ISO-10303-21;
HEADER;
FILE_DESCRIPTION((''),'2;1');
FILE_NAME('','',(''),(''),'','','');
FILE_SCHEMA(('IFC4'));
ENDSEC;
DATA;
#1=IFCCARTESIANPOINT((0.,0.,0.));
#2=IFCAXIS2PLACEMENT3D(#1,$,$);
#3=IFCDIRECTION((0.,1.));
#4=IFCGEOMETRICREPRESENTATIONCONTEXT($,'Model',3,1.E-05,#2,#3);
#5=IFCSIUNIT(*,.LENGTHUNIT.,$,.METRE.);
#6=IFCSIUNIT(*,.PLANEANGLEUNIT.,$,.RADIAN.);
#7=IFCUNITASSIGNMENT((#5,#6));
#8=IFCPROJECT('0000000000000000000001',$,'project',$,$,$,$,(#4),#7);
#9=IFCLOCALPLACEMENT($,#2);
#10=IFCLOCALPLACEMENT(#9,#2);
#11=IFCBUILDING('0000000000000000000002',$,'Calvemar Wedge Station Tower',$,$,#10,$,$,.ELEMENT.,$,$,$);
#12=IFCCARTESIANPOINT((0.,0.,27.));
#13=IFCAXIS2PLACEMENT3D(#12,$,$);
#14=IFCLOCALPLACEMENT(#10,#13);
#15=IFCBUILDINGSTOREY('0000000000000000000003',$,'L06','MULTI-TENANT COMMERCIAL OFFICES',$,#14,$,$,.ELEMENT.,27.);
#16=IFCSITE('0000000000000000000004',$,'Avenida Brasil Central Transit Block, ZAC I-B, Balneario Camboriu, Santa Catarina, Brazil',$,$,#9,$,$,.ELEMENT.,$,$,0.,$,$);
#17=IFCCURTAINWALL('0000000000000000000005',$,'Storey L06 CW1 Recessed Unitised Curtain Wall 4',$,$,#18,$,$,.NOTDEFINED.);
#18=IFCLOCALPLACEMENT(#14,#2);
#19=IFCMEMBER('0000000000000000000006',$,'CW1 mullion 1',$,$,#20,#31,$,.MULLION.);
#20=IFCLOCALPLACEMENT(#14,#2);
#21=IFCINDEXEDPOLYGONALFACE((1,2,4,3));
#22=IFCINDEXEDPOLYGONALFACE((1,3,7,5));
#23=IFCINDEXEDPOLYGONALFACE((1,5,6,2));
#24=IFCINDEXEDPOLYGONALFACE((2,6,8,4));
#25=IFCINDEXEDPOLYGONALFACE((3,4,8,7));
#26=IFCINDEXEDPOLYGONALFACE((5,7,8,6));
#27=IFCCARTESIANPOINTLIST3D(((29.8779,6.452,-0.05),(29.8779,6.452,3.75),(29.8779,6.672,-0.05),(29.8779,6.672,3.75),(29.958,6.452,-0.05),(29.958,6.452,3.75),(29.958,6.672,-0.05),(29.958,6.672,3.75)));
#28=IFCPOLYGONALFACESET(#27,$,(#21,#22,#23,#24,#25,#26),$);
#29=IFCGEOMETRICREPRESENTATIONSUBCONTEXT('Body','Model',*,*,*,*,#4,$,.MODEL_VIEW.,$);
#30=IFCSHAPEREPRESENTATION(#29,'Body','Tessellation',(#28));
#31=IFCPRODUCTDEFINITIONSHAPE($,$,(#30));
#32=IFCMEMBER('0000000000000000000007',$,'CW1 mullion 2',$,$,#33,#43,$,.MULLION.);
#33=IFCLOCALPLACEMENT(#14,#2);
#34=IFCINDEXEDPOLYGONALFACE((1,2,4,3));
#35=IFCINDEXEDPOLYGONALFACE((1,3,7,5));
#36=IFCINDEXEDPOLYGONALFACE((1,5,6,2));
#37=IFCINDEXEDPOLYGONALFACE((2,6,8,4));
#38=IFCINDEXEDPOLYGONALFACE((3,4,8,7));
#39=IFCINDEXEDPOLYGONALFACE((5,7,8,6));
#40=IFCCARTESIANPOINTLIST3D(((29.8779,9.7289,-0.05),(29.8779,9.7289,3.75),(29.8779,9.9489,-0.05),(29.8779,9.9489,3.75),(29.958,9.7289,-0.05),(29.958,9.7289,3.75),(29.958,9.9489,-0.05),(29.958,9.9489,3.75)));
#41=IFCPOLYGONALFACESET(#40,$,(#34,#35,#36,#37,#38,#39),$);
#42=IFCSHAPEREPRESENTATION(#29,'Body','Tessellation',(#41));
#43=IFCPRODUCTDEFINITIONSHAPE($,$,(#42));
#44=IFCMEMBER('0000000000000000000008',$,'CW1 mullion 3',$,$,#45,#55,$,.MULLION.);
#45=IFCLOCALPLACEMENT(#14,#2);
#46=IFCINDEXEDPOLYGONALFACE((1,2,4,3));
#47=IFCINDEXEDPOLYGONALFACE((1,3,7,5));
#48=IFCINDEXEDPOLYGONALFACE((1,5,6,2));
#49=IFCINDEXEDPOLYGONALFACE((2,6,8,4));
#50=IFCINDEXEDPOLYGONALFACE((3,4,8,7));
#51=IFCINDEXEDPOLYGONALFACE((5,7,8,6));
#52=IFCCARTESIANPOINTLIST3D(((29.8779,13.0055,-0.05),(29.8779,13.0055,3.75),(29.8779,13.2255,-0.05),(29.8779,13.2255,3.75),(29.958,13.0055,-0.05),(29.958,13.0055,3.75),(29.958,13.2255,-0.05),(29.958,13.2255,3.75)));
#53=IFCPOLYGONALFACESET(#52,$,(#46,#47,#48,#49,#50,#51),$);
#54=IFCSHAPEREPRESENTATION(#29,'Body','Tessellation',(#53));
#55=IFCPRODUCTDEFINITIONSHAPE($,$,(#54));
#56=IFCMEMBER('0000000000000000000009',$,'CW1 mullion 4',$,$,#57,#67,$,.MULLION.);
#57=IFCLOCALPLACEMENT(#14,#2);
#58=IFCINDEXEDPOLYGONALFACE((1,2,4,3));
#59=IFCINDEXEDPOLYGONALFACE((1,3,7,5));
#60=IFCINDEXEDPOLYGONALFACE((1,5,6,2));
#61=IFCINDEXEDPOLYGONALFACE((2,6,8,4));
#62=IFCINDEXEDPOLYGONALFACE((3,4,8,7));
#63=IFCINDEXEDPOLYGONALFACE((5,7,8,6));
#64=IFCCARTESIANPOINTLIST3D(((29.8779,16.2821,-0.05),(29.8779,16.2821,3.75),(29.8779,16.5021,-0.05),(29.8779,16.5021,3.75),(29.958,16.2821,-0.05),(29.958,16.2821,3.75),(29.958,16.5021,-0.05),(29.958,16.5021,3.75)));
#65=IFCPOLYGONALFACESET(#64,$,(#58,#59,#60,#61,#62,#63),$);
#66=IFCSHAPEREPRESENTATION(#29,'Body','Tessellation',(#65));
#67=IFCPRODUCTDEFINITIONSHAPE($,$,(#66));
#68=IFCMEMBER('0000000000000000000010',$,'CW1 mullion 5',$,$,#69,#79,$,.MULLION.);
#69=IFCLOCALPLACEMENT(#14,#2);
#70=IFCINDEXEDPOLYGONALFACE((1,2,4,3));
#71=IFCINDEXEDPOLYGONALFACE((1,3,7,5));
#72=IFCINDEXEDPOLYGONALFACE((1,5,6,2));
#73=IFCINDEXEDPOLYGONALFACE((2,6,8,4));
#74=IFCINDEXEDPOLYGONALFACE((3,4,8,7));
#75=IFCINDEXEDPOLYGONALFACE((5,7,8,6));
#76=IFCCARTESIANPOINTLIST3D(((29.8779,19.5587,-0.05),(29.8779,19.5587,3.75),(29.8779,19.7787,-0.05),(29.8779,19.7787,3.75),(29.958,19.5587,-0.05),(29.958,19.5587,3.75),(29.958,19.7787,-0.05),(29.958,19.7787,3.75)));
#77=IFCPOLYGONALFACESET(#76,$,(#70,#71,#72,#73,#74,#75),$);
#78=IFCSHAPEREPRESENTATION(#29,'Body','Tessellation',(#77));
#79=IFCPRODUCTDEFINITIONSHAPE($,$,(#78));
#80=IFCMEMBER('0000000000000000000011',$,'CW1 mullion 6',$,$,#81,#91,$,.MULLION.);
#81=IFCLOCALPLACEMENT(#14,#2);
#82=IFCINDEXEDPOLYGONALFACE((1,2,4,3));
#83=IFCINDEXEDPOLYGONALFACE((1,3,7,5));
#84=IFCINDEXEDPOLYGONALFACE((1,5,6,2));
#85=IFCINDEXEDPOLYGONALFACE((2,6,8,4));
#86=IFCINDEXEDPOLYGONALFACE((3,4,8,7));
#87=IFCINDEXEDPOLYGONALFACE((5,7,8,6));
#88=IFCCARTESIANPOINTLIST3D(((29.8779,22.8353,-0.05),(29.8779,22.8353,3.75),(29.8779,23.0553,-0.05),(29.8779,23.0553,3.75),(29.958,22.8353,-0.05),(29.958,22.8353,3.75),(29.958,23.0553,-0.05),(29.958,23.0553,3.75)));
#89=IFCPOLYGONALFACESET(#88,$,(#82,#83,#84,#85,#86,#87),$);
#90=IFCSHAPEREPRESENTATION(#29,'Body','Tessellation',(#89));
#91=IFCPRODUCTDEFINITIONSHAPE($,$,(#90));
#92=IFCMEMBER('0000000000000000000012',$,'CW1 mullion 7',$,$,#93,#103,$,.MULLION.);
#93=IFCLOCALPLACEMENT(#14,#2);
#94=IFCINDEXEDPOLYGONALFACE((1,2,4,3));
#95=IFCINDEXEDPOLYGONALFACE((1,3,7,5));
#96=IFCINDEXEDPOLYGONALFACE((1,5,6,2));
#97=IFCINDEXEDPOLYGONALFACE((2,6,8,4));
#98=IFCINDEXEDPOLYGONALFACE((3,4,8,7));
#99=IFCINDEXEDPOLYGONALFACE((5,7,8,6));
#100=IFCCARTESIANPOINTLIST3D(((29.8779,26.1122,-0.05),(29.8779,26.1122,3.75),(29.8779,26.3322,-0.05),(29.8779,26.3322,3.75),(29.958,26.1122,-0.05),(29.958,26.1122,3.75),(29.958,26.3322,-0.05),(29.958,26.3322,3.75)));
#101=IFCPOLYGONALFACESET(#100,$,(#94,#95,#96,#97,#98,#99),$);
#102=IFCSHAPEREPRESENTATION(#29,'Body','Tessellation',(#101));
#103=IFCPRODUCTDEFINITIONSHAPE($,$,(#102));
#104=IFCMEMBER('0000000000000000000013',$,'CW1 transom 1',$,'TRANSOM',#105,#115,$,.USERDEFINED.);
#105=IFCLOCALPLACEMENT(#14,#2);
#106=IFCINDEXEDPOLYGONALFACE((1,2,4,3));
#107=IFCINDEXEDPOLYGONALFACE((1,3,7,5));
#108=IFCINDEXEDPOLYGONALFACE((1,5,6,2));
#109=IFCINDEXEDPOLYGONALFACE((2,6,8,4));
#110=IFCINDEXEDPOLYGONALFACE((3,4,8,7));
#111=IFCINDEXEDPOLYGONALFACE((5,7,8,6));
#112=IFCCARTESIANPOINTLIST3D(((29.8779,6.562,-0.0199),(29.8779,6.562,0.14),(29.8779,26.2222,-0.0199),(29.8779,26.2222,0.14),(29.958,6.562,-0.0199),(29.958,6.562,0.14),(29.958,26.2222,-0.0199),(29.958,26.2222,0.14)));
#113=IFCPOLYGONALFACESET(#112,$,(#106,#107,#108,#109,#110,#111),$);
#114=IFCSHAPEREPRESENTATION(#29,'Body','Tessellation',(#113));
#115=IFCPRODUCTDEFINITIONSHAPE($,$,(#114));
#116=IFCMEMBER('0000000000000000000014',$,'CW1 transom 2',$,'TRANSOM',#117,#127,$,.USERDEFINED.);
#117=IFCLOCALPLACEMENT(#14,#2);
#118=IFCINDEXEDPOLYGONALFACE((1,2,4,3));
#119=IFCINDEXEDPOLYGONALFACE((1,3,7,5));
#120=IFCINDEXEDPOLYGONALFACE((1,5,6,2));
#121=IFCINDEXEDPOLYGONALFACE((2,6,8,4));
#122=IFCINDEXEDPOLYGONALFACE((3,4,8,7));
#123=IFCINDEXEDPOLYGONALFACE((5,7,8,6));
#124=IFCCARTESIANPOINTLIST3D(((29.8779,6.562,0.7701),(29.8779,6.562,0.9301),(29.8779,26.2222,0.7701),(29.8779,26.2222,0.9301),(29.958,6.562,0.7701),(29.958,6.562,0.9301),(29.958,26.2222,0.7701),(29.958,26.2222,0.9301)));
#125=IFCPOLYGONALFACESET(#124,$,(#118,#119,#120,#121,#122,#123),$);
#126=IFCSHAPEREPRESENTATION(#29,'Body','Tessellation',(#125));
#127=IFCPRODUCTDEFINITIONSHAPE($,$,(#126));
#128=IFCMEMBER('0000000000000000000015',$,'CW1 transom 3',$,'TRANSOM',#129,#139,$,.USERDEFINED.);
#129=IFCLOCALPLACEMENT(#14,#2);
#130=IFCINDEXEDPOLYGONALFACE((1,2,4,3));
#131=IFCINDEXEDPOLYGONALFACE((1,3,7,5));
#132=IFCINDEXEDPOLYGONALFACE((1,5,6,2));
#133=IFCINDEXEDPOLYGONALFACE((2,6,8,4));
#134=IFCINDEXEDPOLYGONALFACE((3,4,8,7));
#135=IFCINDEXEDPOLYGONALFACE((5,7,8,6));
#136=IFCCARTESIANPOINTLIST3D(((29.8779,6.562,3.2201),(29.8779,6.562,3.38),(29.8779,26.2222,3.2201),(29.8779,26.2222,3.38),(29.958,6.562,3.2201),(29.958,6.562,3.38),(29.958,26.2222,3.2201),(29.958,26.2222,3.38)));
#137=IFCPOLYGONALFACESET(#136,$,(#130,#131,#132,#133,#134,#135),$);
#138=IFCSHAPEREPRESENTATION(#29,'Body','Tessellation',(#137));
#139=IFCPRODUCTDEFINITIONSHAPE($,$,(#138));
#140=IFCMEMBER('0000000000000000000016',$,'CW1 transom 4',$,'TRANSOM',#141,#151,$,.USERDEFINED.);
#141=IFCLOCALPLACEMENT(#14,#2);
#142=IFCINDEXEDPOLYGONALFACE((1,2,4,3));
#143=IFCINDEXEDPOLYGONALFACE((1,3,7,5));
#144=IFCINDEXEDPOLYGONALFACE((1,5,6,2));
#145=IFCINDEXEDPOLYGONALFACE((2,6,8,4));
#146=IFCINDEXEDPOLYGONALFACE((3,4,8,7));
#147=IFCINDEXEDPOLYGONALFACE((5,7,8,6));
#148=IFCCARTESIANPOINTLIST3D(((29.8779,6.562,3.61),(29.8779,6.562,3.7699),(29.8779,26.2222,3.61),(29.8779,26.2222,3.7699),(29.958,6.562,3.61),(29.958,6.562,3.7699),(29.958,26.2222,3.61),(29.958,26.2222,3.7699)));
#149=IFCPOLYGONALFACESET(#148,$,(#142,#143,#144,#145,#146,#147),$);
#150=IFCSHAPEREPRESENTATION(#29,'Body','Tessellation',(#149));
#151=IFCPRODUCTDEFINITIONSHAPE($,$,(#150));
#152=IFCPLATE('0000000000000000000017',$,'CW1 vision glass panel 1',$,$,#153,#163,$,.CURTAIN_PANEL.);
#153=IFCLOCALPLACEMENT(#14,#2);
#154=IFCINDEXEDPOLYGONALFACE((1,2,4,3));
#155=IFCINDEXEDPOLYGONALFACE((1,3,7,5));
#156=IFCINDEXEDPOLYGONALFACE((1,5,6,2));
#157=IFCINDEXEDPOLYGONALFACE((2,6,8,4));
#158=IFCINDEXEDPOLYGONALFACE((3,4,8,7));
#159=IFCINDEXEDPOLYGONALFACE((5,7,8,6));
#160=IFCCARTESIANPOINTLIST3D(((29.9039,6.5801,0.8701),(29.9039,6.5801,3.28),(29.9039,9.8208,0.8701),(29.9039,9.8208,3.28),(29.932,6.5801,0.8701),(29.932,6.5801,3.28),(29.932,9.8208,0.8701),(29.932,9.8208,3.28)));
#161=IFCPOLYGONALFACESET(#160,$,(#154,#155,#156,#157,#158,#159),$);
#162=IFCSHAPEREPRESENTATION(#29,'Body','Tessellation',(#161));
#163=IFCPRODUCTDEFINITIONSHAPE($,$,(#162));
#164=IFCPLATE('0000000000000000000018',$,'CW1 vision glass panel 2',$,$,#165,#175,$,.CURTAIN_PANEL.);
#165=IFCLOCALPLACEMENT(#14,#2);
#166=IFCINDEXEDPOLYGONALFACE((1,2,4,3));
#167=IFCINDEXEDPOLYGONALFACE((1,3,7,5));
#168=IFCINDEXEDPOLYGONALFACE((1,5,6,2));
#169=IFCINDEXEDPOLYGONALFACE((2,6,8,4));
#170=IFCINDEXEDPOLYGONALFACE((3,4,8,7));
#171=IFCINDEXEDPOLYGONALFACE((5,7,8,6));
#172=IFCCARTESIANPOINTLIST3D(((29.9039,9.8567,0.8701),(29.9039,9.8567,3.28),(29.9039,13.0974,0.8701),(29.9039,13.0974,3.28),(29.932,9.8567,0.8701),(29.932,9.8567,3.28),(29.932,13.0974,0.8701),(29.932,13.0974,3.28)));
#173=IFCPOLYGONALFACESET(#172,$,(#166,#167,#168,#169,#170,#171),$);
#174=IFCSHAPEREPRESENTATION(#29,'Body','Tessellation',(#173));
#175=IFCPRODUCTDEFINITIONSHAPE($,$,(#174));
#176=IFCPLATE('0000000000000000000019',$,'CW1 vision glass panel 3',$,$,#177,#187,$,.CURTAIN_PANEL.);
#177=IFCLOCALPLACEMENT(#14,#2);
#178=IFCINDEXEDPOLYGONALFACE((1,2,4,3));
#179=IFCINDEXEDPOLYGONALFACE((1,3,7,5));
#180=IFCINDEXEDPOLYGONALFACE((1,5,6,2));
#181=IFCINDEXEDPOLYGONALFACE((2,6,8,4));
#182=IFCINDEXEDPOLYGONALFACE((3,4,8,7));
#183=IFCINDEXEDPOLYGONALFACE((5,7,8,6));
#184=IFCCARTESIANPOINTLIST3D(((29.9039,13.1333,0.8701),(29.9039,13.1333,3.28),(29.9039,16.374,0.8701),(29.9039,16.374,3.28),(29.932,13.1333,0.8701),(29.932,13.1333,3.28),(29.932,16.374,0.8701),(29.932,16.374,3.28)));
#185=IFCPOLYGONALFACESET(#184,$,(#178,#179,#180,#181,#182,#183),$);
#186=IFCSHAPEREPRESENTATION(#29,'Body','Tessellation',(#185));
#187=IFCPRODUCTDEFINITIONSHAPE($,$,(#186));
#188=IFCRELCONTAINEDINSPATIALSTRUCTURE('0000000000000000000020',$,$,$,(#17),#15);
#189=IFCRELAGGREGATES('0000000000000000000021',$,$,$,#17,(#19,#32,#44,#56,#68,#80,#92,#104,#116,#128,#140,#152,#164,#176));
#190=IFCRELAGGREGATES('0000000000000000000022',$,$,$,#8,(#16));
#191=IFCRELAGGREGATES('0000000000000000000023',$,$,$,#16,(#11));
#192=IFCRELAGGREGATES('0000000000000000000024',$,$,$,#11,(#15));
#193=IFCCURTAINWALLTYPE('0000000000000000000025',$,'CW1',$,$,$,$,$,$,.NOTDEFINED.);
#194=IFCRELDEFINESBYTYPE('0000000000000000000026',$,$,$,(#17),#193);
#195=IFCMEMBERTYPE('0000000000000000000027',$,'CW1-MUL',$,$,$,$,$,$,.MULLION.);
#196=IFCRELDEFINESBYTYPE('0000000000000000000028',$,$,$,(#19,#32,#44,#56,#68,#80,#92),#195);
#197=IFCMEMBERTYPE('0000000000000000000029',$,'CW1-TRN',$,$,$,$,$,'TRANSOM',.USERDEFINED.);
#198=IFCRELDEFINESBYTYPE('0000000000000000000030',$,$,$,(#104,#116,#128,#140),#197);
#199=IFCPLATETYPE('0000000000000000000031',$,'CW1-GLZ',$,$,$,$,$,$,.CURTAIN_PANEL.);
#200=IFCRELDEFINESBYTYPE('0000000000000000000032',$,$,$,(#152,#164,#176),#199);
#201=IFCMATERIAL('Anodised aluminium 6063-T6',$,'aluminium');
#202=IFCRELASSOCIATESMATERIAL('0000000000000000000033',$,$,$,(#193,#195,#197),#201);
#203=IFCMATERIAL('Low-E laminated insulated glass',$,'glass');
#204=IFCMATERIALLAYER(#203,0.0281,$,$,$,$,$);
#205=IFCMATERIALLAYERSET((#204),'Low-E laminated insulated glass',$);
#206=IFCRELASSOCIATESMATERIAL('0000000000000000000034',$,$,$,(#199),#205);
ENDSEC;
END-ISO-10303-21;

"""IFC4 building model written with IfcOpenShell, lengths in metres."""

from ifc_helpers import new_model, si_unit, direction, frame, frame_2d, origin, origin_2d, place, context, subcontext, project, spatial, rectangle, extrude, source, transform, mapped, material, layer, layer_set, material_profile, profile_set, type_object, element, aggregate, save


model = new_model("IFC4")

# Units and contexts
model_context = context("Model", 3, precision=1e-05, world=origin(), true_north=direction((0.0, 1.0)))
body_context = subcontext(model_context, "Body", "Model", "MODEL_VIEW")
ifc_project = project(units=[si_unit("LENGTHUNIT", "METRE"), si_unit("PLANEANGLEUNIT", "RADIAN")], contexts=[model_context])

# Site, building, storey
site_placement = place(None, origin())
site = spatial("IfcSite", under=ifc_project, at=site_placement, Name="Avenida Brasil Central Transit Block, ZAC I-B, Balneario Camboriu, Santa Catarina, Brazil", CompositionType="ELEMENT", RefElevation=0.0)
building_placement = place(site_placement, origin())
building = spatial("IfcBuilding", under=site, at=building_placement, Name="Calvemar Wedge Station Tower", CompositionType="ELEMENT")
storey_placement = place(building_placement, frame((0.0, 0.0, 27.0)))
storey = spatial("IfcBuildingStorey", under=building, at=storey_placement, Name="L06", Description="MULTI-TENANT COMMERCIAL OFFICES", CompositionType="ELEMENT", Elevation=27.0)

# Curtain wall, members, plates
ifc_material_1 = material(Name="Anodised aluminium 6063-T6", Category="aluminium")
curtain_wall_type = type_object("IfcCurtainWallType", Name="CW1", PredefinedType="NOTDEFINED", material=ifc_material_1)
curtain_wall_placement = place(storey_placement, origin())
curtain_wall = element("IfcCurtainWall", 1, at=curtain_wall_placement, inside=storey, type_object=curtain_wall_type, Name="Storey L06 CW1 Recessed Unitised Curtain Wall 4", PredefinedType="NOTDEFINED")
ifc_material_profile_1 = material_profile(ifc_material_1, rectangle(XDim=0.0801, YDim=0.22, at=origin_2d()), Name="AL-MUL-80x220")
ifc_profile_set_1 = profile_set([ifc_material_profile_1], Name="Anodised aluminium 6063-T6")
member_type_1 = type_object("IfcMemberType", Name="CW1-MUL", PredefinedType="MULLION", material=ifc_profile_set_1)
shared_shape_1 = source(origin(), body_context, "Body", "SweptSolid", [
    extrude(rectangle(XDim=0.0801, YDim=0.22, at=origin_2d()), origin(), (0.0, 0.0, 1.0), 3.8),
])
member_1_placement = place(storey_placement, frame((29.918, 6.562, -0.05), z_axis=(0.0, 0.0, 1.0), x_axis=(1.0, 0.0, 0.0)))
member_1 = element("IfcMember", 2, at=member_1_placement, type_object=member_type_1, Name="CW1 mullion 1", PredefinedType="MULLION", context=body_context, shape_type="MappedRepresentation", body=[
    mapped(shared_shape_1, transform((0.0, 0.0, 0.0), scale=1.0)),
])
member_2_placement = place(storey_placement, frame((29.918, 9.8389, -0.05), z_axis=(0.0, 0.0, 1.0), x_axis=(1.0, 0.0, 0.0)))
member_2 = element("IfcMember", 3, at=member_2_placement, type_object=member_type_1, Name="CW1 mullion 2", PredefinedType="MULLION", context=body_context, shape_type="MappedRepresentation", body=[
    mapped(shared_shape_1, transform((0.0, 0.0, 0.0), scale=1.0)),
])
member_3_placement = place(storey_placement, frame((29.918, 13.1155, -0.05), z_axis=(0.0, 0.0, 1.0), x_axis=(1.0, 0.0, 0.0)))
member_3 = element("IfcMember", 4, at=member_3_placement, type_object=member_type_1, Name="CW1 mullion 3", PredefinedType="MULLION", context=body_context, shape_type="MappedRepresentation", body=[
    mapped(shared_shape_1, transform((0.0, 0.0, 0.0), scale=1.0)),
])
member_4_placement = place(storey_placement, frame((29.918, 16.3921, -0.05), z_axis=(0.0, 0.0, 1.0), x_axis=(1.0, 0.0, 0.0)))
member_4 = element("IfcMember", 5, at=member_4_placement, type_object=member_type_1, Name="CW1 mullion 4", PredefinedType="MULLION", context=body_context, shape_type="MappedRepresentation", body=[
    mapped(shared_shape_1, transform((0.0, 0.0, 0.0), scale=1.0)),
])
member_5_placement = place(storey_placement, frame((29.918, 19.6687, -0.05), z_axis=(0.0, 0.0, 1.0), x_axis=(1.0, 0.0, 0.0)))
member_5 = element("IfcMember", 6, at=member_5_placement, type_object=member_type_1, Name="CW1 mullion 5", PredefinedType="MULLION", context=body_context, shape_type="MappedRepresentation", body=[
    mapped(shared_shape_1, transform((0.0, 0.0, 0.0), scale=1.0)),
])
member_6_placement = place(storey_placement, frame((29.918, 22.9453, -0.05), z_axis=(0.0, 0.0, 1.0), x_axis=(1.0, 0.0, 0.0)))
member_6 = element("IfcMember", 7, at=member_6_placement, type_object=member_type_1, Name="CW1 mullion 6", PredefinedType="MULLION", context=body_context, shape_type="MappedRepresentation", body=[
    mapped(shared_shape_1, transform((0.0, 0.0, 0.0), scale=1.0)),
])
member_7_placement = place(storey_placement, frame((29.918, 26.2222, -0.05), z_axis=(0.0, 0.0, 1.0), x_axis=(1.0, 0.0, 0.0)))
member_7 = element("IfcMember", 8, at=member_7_placement, type_object=member_type_1, Name="CW1 mullion 7", PredefinedType="MULLION", context=body_context, shape_type="MappedRepresentation", body=[
    mapped(shared_shape_1, transform((0.0, 0.0, 0.0), scale=1.0)),
])
ifc_material_profile_2 = material_profile(ifc_material_1, rectangle(XDim=0.0801, YDim=0.1599, at=origin_2d()), Name="AL-TRN-80x160")
ifc_profile_set_2 = profile_set([ifc_material_profile_2], Name="Anodised aluminium 6063-T6")
member_type_2 = type_object("IfcMemberType", Name="CW1-TRN", ElementType="TRANSOM", PredefinedType="USERDEFINED", material=ifc_profile_set_2)
shared_shape_2 = source(origin(), body_context, "Body", "SweptSolid", [
    extrude(rectangle(XDim=0.0801, YDim=0.1599, at=origin_2d()), origin(), (0.0, 0.0, 1.0), 19.6602),
])
member_8_placement = place(storey_placement, frame((29.918, 6.562, 0.0601), z_axis=(0.0, 1.0, 0.0), x_axis=(-1.0, 0.0, 0.0)))
member_8 = element("IfcMember", 9, at=member_8_placement, type_object=member_type_2, Name="CW1 transom 1", ObjectType="TRANSOM", PredefinedType="USERDEFINED", context=body_context, shape_type="MappedRepresentation", body=[
    mapped(shared_shape_2, transform((0.0, 0.0, 0.0), scale=1.0)),
])
member_9_placement = place(storey_placement, frame((29.918, 6.562, 0.8501), z_axis=(0.0, 1.0, 0.0), x_axis=(-1.0, 0.0, 0.0)))
member_9 = element("IfcMember", 10, at=member_9_placement, type_object=member_type_2, Name="CW1 transom 2", ObjectType="TRANSOM", PredefinedType="USERDEFINED", context=body_context, shape_type="MappedRepresentation", body=[
    mapped(shared_shape_2, transform((0.0, 0.0, 0.0), scale=1.0)),
])
member_10_placement = place(storey_placement, frame((29.918, 6.562, 3.3), z_axis=(0.0, 1.0, 0.0), x_axis=(-1.0, 0.0, 0.0)))
member_10 = element("IfcMember", 11, at=member_10_placement, type_object=member_type_2, Name="CW1 transom 3", ObjectType="TRANSOM", PredefinedType="USERDEFINED", context=body_context, shape_type="MappedRepresentation", body=[
    mapped(shared_shape_2, transform((0.0, 0.0, 0.0), scale=1.0)),
])
member_11_placement = place(storey_placement, frame((29.918, 6.562, 3.6899), z_axis=(0.0, 1.0, 0.0), x_axis=(-1.0, 0.0, 0.0)))
member_11 = element("IfcMember", 12, at=member_11_placement, type_object=member_type_2, Name="CW1 transom 4", ObjectType="TRANSOM", PredefinedType="USERDEFINED", context=body_context, shape_type="MappedRepresentation", body=[
    mapped(shared_shape_2, transform((0.0, 0.0, 0.0), scale=1.0)),
])
ifc_material_2 = material(Name="Low-E laminated insulated glass", Category="glass")
ifc_layer_1 = layer(ifc_material_2, 0.0281)
ifc_layer_set_1 = layer_set([ifc_layer_1], Name="Low-E laminated insulated glass")
plate_type_1 = type_object("IfcPlateType", Name="CW1-GLZ", PredefinedType="CURTAIN_PANEL", material=ifc_layer_set_1)
plate_1_placement = place(storey_placement, frame((29.918, 6.5801, 0.8701), z_axis=(0.0, 0.0, 1.0), x_axis=(0.0, 1.0, 0.0)))
plate_1 = element("IfcPlate", 13, at=plate_1_placement, type_object=plate_type_1, Name="CW1 vision glass panel 1", PredefinedType="CURTAIN_PANEL", context=body_context, shape_type="SweptSolid", body=[
    extrude(rectangle(XDim=3.2407, YDim=0.0281, at=frame_2d((1.6204, 0.0))), origin(), (0.0, 0.0, 1.0), 2.4099),
])
plate_2_placement = place(storey_placement, frame((29.918, 9.8567, 0.8701), z_axis=(0.0, 0.0, 1.0), x_axis=(0.0, 1.0, 0.0)))
plate_2 = element("IfcPlate", 14, at=plate_2_placement, type_object=plate_type_1, Name="CW1 vision glass panel 2", PredefinedType="CURTAIN_PANEL", context=body_context, shape_type="SweptSolid", body=[
    extrude(rectangle(XDim=3.2407, YDim=0.0281, at=frame_2d((1.6204, 0.0))), origin(), (0.0, 0.0, 1.0), 2.4099),
])
plate_3_placement = place(storey_placement, frame((29.918, 13.1333, 0.8701), z_axis=(0.0, 0.0, 1.0), x_axis=(0.0, 1.0, 0.0)))
plate_3 = element("IfcPlate", 15, at=plate_3_placement, type_object=plate_type_1, Name="CW1 vision glass panel 3", PredefinedType="CURTAIN_PANEL", context=body_context, shape_type="SweptSolid", body=[
    extrude(rectangle(XDim=3.2407, YDim=0.0281, at=frame_2d((1.6204, 0.0))), origin(), (0.0, 0.0, 1.0), 2.4099),
])
aggregate(curtain_wall, [member_1, member_2, member_3, member_4, member_5, member_6, member_7, member_8, member_9, member_10, member_11, plate_1, plate_2, plate_3])

save(model, "model.ifc")
